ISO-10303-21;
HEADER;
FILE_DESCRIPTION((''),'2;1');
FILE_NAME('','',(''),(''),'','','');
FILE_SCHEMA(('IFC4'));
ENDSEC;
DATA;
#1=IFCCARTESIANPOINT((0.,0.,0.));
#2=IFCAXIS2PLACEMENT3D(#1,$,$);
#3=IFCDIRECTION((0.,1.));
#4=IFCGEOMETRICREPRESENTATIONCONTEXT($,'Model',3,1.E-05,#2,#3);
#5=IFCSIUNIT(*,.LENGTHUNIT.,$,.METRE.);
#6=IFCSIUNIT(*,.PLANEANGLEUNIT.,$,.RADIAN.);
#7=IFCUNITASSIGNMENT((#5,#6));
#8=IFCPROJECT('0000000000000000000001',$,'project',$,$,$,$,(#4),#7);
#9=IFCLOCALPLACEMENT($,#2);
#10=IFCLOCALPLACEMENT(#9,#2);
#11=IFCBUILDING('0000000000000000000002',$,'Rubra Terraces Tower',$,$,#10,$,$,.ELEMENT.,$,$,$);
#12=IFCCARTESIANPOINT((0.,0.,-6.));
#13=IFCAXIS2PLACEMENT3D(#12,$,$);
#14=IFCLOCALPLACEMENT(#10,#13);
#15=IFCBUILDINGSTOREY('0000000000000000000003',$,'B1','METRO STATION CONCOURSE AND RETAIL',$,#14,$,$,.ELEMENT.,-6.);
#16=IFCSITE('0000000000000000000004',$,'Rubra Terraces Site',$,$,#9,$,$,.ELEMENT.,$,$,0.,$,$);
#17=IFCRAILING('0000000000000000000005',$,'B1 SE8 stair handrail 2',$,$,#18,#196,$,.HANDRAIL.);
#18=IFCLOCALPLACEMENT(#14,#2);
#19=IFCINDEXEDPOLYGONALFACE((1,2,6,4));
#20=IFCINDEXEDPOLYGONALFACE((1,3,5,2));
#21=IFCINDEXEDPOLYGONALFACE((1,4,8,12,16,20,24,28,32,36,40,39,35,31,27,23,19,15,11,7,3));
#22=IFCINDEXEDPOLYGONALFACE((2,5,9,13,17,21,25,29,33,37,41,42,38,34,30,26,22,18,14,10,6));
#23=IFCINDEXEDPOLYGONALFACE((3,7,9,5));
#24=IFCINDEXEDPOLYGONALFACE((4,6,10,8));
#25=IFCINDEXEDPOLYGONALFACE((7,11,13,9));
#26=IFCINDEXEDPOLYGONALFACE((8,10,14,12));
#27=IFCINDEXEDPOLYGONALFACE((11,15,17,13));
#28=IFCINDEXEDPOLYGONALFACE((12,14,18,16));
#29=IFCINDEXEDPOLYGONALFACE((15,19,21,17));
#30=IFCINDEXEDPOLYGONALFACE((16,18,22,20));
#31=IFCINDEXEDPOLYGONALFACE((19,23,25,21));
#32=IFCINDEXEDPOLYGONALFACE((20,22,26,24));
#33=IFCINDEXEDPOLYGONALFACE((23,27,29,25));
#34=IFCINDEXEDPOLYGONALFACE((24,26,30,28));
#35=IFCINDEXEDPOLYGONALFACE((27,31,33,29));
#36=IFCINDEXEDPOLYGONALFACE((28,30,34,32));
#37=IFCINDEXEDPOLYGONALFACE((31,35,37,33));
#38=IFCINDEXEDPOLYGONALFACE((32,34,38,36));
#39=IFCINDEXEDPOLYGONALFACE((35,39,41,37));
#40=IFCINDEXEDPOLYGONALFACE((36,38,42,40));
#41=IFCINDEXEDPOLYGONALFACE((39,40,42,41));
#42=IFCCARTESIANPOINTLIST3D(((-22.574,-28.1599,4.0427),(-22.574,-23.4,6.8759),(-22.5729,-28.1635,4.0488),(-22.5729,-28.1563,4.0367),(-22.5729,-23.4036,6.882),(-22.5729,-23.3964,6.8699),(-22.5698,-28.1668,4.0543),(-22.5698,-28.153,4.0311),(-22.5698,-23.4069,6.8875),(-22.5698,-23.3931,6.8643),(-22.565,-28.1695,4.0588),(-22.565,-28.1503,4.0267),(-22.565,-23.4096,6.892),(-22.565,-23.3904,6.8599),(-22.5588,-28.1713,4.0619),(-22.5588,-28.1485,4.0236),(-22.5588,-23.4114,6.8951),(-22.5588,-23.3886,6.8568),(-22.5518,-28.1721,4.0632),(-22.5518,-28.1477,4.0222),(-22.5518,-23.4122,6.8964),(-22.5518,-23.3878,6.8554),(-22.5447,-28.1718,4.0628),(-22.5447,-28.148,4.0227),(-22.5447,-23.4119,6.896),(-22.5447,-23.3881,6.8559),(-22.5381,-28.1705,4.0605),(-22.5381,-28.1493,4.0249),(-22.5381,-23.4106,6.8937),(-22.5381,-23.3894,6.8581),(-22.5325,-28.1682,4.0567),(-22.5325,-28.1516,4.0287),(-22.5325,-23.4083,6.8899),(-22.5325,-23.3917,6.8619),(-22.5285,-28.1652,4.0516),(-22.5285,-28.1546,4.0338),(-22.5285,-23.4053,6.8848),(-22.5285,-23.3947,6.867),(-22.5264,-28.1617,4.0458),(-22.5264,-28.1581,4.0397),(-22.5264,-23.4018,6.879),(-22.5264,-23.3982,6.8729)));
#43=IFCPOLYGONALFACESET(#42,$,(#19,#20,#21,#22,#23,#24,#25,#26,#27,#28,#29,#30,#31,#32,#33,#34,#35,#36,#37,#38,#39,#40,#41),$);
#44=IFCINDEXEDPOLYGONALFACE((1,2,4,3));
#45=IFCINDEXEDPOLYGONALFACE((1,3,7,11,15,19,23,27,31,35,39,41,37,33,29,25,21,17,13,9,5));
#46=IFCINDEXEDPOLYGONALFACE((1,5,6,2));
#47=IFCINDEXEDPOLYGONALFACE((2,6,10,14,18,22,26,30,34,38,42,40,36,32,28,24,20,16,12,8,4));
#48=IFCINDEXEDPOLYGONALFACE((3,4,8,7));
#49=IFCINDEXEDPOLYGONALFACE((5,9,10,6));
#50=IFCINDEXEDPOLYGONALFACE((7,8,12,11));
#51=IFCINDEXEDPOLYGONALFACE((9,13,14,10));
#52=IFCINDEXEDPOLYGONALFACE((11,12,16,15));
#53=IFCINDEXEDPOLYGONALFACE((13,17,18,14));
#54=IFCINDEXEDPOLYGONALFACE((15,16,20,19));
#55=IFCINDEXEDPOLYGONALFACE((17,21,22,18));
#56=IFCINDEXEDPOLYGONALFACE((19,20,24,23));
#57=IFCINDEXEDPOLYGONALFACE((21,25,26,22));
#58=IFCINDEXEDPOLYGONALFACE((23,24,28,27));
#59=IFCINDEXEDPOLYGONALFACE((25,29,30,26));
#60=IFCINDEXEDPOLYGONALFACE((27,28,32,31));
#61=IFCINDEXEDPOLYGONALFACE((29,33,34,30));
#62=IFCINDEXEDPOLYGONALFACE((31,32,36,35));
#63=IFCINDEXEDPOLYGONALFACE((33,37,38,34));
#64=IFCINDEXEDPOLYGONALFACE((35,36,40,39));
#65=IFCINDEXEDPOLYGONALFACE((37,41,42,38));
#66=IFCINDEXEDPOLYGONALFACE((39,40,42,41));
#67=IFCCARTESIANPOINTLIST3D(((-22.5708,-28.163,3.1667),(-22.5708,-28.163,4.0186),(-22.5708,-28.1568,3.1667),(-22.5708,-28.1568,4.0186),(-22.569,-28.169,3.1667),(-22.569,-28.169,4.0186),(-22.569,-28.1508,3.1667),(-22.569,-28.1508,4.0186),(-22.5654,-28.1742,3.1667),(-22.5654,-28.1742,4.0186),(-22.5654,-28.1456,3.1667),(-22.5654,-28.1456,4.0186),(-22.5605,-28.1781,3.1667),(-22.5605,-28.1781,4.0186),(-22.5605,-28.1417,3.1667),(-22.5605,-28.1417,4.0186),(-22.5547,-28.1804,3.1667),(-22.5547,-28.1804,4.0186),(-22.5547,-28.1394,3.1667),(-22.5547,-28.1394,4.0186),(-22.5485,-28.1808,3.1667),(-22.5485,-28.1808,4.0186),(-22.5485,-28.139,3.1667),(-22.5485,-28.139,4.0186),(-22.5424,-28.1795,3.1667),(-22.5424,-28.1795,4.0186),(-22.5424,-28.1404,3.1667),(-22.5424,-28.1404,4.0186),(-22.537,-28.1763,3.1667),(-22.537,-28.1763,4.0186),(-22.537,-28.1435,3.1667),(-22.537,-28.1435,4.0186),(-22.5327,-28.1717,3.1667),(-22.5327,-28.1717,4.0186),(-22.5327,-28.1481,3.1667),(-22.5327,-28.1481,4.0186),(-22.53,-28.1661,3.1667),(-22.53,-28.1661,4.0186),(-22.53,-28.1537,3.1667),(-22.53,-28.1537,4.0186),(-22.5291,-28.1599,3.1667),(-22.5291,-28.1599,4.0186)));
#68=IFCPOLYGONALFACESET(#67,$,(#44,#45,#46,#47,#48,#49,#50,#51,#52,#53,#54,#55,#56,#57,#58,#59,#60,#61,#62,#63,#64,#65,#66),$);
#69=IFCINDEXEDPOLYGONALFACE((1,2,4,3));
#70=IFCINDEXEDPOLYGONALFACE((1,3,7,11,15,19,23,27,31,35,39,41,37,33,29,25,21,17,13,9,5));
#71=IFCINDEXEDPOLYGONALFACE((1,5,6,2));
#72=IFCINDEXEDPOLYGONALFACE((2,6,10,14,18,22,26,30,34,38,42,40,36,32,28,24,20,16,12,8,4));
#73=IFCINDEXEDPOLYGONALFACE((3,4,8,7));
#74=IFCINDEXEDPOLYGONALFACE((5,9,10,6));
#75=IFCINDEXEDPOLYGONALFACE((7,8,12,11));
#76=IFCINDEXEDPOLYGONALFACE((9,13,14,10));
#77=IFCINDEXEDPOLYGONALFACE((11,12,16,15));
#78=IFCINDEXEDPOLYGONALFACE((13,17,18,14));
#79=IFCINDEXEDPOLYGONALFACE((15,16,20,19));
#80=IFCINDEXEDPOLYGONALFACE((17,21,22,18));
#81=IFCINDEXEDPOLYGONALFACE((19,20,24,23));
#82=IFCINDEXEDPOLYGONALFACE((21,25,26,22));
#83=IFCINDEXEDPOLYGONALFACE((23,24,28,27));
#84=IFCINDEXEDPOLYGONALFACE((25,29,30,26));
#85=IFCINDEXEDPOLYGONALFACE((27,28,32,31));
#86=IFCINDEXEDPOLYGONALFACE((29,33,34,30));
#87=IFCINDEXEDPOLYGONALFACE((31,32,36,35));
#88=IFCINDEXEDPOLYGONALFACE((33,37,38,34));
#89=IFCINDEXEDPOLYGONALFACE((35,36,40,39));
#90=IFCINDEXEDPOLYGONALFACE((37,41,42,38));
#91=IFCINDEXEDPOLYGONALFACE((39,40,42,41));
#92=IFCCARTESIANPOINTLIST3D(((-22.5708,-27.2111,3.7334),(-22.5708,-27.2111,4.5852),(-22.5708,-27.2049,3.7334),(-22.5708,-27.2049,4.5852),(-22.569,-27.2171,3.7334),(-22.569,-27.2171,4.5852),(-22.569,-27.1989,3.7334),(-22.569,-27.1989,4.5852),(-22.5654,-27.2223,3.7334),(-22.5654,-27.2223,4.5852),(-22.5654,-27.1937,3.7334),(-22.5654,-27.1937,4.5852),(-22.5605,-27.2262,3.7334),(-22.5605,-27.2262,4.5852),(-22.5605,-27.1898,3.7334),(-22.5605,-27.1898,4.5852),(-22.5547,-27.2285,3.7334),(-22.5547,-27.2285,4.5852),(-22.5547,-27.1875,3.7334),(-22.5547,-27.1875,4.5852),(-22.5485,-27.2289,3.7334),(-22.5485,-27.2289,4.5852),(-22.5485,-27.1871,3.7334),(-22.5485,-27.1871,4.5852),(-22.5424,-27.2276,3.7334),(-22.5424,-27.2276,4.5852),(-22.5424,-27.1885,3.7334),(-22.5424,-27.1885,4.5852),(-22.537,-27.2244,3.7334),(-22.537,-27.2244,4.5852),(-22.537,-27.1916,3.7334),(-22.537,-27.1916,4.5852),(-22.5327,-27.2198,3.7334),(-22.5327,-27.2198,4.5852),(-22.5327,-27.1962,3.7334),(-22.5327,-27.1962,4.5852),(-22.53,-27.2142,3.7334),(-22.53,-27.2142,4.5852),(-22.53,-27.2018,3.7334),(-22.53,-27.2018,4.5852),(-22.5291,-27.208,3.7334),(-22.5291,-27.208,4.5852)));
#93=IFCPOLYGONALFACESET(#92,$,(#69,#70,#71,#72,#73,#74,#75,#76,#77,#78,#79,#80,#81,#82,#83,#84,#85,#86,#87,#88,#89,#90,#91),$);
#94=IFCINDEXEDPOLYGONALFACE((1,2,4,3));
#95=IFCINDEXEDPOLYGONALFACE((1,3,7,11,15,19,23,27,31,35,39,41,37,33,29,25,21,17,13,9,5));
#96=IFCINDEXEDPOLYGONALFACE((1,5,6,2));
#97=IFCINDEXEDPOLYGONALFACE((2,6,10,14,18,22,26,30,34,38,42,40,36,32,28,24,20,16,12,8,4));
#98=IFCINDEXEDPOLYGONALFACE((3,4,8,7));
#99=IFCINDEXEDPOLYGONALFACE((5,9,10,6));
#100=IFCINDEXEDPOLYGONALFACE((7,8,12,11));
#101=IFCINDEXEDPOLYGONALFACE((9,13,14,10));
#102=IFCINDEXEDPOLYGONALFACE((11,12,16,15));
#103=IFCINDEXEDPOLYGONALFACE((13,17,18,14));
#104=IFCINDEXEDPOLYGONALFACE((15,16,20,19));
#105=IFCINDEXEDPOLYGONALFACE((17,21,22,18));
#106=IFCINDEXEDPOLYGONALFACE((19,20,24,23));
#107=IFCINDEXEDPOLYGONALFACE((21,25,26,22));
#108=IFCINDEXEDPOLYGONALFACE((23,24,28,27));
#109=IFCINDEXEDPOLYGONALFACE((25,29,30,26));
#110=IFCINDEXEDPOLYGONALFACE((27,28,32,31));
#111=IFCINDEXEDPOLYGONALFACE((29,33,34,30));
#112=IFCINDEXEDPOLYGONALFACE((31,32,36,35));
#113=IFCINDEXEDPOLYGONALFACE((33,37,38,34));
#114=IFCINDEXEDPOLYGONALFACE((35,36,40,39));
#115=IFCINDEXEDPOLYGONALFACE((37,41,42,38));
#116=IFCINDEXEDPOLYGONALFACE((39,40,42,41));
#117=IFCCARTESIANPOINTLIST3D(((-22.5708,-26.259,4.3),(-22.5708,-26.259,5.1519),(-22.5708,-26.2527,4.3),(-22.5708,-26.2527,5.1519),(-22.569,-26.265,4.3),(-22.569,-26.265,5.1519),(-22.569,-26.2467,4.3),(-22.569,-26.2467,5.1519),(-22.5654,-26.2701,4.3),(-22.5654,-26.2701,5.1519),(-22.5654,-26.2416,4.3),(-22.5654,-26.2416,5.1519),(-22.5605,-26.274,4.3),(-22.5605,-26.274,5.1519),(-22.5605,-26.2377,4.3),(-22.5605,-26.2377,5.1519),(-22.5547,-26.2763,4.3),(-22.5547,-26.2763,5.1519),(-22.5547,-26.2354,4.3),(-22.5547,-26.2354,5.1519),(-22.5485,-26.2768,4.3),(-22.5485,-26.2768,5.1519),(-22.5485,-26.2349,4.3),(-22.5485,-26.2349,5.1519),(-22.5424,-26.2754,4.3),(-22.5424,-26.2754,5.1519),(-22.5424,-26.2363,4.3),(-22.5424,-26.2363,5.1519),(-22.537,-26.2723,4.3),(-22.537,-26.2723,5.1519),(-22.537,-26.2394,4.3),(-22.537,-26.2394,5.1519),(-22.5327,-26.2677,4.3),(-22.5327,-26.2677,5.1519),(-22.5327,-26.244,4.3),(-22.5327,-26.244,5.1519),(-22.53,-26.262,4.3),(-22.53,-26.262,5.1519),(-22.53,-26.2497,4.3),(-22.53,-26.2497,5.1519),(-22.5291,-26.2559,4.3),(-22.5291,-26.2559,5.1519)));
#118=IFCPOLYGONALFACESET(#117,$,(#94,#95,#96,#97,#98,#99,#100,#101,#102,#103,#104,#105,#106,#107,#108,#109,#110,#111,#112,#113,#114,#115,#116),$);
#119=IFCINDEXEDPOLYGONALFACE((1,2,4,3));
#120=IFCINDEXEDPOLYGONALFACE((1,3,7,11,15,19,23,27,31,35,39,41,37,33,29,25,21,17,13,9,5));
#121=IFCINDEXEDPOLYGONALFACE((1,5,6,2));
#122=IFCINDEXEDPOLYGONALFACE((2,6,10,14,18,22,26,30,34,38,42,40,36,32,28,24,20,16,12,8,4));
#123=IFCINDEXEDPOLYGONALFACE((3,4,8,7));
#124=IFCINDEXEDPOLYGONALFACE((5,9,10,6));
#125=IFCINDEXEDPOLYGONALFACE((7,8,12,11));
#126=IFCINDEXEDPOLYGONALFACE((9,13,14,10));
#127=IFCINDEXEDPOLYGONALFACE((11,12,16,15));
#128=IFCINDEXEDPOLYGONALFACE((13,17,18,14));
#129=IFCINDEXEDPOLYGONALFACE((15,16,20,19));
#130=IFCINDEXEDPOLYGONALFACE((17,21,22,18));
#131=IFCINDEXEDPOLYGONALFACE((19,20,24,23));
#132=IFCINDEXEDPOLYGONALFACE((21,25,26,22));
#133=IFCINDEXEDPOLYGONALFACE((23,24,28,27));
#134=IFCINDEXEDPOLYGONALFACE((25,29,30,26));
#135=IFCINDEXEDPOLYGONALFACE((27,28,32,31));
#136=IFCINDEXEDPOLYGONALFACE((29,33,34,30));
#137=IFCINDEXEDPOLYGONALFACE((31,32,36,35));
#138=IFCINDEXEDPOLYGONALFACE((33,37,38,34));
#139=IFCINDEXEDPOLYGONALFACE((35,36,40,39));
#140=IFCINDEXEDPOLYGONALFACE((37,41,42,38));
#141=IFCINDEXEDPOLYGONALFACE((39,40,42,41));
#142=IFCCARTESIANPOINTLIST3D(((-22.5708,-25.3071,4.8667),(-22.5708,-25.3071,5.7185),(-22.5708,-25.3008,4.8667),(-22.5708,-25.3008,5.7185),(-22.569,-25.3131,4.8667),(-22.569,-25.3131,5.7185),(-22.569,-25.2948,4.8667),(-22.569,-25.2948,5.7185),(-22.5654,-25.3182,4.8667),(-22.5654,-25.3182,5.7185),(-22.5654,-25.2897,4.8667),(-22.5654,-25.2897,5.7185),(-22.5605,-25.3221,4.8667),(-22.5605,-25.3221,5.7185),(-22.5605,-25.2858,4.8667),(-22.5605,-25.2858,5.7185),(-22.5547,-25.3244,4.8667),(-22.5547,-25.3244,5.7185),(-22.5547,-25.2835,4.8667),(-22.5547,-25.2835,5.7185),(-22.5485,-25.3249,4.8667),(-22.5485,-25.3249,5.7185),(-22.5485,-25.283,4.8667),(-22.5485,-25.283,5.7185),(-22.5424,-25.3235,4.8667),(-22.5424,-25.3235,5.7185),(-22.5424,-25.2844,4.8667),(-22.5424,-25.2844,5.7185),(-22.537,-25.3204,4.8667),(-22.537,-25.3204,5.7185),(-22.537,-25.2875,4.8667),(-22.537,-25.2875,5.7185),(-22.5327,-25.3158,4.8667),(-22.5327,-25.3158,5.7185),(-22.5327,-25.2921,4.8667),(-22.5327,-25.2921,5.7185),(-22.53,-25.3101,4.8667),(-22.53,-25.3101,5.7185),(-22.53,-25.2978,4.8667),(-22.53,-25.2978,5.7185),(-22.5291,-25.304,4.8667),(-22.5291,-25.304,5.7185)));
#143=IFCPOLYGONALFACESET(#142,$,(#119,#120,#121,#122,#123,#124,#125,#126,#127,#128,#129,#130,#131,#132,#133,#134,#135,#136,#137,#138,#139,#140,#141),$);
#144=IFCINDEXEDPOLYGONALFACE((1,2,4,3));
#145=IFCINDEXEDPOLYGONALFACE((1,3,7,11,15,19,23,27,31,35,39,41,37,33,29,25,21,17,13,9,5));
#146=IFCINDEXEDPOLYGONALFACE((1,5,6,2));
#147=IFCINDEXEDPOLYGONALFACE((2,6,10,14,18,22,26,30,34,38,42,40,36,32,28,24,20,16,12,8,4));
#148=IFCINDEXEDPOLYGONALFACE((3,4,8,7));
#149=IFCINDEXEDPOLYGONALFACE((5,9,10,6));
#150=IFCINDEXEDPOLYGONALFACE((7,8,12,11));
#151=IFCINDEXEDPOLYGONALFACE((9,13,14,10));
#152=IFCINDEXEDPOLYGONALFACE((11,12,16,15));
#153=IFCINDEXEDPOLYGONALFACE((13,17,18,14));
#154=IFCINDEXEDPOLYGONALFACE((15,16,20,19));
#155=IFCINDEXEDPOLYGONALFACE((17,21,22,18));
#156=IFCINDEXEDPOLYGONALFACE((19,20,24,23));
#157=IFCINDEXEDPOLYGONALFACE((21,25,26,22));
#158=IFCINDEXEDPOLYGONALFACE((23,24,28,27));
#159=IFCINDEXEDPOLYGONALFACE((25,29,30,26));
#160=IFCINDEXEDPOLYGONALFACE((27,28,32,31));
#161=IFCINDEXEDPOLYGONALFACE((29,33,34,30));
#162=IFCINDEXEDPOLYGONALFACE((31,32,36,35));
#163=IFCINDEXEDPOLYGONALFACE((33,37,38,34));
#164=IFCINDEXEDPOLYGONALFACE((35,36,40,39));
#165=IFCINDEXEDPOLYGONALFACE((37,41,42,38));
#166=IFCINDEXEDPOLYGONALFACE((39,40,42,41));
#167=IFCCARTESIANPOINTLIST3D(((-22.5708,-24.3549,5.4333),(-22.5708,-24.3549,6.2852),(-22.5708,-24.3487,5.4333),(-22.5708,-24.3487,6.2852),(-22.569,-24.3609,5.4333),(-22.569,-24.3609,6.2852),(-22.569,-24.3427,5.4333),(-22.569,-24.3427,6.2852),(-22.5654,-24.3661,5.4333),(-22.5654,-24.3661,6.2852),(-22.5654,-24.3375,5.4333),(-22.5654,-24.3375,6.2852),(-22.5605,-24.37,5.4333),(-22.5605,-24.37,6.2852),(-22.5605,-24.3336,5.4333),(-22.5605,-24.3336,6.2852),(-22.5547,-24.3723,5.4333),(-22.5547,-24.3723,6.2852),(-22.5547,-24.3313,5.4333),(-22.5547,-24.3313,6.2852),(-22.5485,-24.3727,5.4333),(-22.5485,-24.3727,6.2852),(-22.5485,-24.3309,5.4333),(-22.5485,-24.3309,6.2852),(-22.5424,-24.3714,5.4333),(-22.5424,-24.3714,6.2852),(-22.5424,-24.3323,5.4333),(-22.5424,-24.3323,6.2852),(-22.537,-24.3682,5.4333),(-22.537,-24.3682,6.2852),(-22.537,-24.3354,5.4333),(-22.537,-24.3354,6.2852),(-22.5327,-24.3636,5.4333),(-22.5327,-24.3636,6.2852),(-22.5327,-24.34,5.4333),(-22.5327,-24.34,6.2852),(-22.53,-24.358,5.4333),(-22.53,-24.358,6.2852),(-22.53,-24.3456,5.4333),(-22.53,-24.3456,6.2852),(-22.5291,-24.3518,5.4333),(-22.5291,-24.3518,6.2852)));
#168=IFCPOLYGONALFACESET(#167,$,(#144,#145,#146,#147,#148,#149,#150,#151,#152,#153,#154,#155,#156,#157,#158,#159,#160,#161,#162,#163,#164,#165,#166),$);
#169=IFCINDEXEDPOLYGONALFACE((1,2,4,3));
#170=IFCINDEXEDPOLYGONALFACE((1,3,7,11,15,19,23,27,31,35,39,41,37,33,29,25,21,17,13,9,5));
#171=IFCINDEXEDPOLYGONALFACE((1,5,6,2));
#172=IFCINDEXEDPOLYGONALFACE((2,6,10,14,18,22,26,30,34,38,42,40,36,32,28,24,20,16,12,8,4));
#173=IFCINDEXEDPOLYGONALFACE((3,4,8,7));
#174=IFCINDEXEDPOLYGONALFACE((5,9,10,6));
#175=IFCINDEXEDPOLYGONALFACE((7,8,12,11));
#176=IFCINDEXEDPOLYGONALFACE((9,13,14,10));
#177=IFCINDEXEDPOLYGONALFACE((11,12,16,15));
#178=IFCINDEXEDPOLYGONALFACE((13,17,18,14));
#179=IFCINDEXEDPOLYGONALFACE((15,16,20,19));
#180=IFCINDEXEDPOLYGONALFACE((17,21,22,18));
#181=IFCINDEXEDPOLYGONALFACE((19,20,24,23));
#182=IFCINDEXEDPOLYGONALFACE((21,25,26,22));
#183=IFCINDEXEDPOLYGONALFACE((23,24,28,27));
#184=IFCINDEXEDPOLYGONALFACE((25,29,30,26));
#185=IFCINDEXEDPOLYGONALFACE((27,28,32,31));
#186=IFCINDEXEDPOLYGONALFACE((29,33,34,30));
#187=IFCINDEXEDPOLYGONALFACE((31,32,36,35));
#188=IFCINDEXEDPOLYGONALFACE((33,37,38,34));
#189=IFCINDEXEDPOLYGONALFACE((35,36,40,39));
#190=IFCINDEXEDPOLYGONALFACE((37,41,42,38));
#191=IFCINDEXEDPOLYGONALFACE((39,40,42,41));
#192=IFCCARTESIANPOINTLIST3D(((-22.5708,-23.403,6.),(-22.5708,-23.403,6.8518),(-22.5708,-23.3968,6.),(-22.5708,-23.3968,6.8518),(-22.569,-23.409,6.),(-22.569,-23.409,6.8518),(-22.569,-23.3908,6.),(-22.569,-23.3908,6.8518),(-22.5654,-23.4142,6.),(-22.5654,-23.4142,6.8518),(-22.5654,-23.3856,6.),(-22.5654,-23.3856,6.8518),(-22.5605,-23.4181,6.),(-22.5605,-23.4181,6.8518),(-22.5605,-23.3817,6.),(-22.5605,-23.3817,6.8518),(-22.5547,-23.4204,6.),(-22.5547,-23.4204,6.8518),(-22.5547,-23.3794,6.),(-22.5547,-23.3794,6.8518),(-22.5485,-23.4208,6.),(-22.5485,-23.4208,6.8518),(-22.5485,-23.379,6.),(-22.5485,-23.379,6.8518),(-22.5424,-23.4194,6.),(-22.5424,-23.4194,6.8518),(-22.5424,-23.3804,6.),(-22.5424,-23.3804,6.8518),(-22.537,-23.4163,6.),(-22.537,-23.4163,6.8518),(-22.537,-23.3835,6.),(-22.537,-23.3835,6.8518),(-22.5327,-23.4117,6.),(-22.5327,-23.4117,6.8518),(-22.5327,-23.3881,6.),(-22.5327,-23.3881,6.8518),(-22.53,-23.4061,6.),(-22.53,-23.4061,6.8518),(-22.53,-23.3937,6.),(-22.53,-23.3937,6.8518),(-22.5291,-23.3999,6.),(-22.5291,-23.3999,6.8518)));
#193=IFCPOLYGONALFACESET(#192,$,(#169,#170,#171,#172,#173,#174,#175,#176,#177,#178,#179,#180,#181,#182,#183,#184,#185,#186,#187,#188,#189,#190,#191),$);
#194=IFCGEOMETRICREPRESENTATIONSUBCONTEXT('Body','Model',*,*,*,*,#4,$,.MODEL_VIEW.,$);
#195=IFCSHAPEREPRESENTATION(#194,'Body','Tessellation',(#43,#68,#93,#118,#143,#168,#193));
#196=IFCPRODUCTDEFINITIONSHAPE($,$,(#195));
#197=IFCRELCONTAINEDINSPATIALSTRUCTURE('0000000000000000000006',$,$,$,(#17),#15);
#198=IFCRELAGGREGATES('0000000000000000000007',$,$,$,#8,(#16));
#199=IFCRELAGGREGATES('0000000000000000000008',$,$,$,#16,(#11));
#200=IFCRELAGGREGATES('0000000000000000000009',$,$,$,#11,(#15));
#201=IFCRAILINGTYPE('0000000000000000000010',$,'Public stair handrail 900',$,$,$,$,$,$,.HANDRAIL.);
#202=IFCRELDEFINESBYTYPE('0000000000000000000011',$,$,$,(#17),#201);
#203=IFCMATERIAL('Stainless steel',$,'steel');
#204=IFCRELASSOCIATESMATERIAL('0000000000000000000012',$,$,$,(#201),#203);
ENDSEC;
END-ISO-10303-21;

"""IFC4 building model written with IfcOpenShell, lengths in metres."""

from ifc_helpers import new_model, si_unit, direction, frame, origin, origin_2d, place, context, subcontext, project, spatial, circle, extrude, material, type_object, element, save


model = new_model("IFC4")

# Units and contexts
model_context = context("Model", 3, precision=1e-05, world=origin(), true_north=direction((0.0, 1.0)))
body_context = subcontext(model_context, "Body", "Model", "MODEL_VIEW")
ifc_project = project(units=[si_unit("LENGTHUNIT", "METRE"), si_unit("PLANEANGLEUNIT", "RADIAN")], contexts=[model_context])

# Site, building, storey
site_placement = place(None, origin())
site = spatial("IfcSite", under=ifc_project, at=site_placement, Name="Rubra Terraces Site", CompositionType="ELEMENT", RefElevation=0.0)
building_placement = place(site_placement, origin())
building = spatial("IfcBuilding", under=site, at=building_placement, Name="Rubra Terraces Tower", CompositionType="ELEMENT")
storey_placement = place(building_placement, frame((0.0, 0.0, -6.0)))
storey = spatial("IfcBuildingStorey", under=building, at=storey_placement, Name="B1", Description="METRO STATION CONCOURSE AND RETAIL", CompositionType="ELEMENT", Elevation=-6.0)

# Railing
ifc_material_1 = material(Name="Stainless steel", Category="steel")
railing_type = type_object("IfcRailingType", Name="Public stair handrail 900", PredefinedType="HANDRAIL", material=ifc_material_1)
railing_placement = place(storey_placement, frame((-22.55, -28.1599, 3.1667)))
element("IfcRailing", 1, at=railing_placement, inside=storey, type_object=railing_type, Name="B1 SE8 stair handrail 2", PredefinedType="HANDRAIL", context=body_context, shape_type="SweptSolid", body=[
    extrude(circle(Radius=0.0239, at=origin_2d()), frame((0.0, 0.0, 0.876), z_axis=(0.0, 0.8593, 0.511472), x_axis=(-1.0, 0.0, 0.0)), (0.0, 0.0, 1.0), 5.5393),
    extrude(circle(Radius=0.021, at=origin_2d()), origin(), (0.0, 0.0, 1.0), 0.8518),
    extrude(circle(Radius=0.021, at=origin_2d()), frame((0.0, 0.9519, 0.5667)), (0.0, 0.0, 1.0), 0.8518),
    extrude(circle(Radius=0.021, at=origin_2d()), frame((0.0, 1.9041, 1.1333)), (0.0, 0.0, 1.0), 0.8518),
    extrude(circle(Radius=0.021, at=origin_2d()), frame((0.0, 2.856, 1.7)), (0.0, 0.0, 1.0), 0.8518),
    extrude(circle(Radius=0.021, at=origin_2d()), frame((0.0, 3.8081, 2.2666)), (0.0, 0.0, 1.0), 0.8518),
    extrude(circle(Radius=0.021, at=origin_2d()), frame((0.0, 4.76, 2.8333)), (0.0, 0.0, 1.0), 0.8518),
])

save(model, "model.ifc")
